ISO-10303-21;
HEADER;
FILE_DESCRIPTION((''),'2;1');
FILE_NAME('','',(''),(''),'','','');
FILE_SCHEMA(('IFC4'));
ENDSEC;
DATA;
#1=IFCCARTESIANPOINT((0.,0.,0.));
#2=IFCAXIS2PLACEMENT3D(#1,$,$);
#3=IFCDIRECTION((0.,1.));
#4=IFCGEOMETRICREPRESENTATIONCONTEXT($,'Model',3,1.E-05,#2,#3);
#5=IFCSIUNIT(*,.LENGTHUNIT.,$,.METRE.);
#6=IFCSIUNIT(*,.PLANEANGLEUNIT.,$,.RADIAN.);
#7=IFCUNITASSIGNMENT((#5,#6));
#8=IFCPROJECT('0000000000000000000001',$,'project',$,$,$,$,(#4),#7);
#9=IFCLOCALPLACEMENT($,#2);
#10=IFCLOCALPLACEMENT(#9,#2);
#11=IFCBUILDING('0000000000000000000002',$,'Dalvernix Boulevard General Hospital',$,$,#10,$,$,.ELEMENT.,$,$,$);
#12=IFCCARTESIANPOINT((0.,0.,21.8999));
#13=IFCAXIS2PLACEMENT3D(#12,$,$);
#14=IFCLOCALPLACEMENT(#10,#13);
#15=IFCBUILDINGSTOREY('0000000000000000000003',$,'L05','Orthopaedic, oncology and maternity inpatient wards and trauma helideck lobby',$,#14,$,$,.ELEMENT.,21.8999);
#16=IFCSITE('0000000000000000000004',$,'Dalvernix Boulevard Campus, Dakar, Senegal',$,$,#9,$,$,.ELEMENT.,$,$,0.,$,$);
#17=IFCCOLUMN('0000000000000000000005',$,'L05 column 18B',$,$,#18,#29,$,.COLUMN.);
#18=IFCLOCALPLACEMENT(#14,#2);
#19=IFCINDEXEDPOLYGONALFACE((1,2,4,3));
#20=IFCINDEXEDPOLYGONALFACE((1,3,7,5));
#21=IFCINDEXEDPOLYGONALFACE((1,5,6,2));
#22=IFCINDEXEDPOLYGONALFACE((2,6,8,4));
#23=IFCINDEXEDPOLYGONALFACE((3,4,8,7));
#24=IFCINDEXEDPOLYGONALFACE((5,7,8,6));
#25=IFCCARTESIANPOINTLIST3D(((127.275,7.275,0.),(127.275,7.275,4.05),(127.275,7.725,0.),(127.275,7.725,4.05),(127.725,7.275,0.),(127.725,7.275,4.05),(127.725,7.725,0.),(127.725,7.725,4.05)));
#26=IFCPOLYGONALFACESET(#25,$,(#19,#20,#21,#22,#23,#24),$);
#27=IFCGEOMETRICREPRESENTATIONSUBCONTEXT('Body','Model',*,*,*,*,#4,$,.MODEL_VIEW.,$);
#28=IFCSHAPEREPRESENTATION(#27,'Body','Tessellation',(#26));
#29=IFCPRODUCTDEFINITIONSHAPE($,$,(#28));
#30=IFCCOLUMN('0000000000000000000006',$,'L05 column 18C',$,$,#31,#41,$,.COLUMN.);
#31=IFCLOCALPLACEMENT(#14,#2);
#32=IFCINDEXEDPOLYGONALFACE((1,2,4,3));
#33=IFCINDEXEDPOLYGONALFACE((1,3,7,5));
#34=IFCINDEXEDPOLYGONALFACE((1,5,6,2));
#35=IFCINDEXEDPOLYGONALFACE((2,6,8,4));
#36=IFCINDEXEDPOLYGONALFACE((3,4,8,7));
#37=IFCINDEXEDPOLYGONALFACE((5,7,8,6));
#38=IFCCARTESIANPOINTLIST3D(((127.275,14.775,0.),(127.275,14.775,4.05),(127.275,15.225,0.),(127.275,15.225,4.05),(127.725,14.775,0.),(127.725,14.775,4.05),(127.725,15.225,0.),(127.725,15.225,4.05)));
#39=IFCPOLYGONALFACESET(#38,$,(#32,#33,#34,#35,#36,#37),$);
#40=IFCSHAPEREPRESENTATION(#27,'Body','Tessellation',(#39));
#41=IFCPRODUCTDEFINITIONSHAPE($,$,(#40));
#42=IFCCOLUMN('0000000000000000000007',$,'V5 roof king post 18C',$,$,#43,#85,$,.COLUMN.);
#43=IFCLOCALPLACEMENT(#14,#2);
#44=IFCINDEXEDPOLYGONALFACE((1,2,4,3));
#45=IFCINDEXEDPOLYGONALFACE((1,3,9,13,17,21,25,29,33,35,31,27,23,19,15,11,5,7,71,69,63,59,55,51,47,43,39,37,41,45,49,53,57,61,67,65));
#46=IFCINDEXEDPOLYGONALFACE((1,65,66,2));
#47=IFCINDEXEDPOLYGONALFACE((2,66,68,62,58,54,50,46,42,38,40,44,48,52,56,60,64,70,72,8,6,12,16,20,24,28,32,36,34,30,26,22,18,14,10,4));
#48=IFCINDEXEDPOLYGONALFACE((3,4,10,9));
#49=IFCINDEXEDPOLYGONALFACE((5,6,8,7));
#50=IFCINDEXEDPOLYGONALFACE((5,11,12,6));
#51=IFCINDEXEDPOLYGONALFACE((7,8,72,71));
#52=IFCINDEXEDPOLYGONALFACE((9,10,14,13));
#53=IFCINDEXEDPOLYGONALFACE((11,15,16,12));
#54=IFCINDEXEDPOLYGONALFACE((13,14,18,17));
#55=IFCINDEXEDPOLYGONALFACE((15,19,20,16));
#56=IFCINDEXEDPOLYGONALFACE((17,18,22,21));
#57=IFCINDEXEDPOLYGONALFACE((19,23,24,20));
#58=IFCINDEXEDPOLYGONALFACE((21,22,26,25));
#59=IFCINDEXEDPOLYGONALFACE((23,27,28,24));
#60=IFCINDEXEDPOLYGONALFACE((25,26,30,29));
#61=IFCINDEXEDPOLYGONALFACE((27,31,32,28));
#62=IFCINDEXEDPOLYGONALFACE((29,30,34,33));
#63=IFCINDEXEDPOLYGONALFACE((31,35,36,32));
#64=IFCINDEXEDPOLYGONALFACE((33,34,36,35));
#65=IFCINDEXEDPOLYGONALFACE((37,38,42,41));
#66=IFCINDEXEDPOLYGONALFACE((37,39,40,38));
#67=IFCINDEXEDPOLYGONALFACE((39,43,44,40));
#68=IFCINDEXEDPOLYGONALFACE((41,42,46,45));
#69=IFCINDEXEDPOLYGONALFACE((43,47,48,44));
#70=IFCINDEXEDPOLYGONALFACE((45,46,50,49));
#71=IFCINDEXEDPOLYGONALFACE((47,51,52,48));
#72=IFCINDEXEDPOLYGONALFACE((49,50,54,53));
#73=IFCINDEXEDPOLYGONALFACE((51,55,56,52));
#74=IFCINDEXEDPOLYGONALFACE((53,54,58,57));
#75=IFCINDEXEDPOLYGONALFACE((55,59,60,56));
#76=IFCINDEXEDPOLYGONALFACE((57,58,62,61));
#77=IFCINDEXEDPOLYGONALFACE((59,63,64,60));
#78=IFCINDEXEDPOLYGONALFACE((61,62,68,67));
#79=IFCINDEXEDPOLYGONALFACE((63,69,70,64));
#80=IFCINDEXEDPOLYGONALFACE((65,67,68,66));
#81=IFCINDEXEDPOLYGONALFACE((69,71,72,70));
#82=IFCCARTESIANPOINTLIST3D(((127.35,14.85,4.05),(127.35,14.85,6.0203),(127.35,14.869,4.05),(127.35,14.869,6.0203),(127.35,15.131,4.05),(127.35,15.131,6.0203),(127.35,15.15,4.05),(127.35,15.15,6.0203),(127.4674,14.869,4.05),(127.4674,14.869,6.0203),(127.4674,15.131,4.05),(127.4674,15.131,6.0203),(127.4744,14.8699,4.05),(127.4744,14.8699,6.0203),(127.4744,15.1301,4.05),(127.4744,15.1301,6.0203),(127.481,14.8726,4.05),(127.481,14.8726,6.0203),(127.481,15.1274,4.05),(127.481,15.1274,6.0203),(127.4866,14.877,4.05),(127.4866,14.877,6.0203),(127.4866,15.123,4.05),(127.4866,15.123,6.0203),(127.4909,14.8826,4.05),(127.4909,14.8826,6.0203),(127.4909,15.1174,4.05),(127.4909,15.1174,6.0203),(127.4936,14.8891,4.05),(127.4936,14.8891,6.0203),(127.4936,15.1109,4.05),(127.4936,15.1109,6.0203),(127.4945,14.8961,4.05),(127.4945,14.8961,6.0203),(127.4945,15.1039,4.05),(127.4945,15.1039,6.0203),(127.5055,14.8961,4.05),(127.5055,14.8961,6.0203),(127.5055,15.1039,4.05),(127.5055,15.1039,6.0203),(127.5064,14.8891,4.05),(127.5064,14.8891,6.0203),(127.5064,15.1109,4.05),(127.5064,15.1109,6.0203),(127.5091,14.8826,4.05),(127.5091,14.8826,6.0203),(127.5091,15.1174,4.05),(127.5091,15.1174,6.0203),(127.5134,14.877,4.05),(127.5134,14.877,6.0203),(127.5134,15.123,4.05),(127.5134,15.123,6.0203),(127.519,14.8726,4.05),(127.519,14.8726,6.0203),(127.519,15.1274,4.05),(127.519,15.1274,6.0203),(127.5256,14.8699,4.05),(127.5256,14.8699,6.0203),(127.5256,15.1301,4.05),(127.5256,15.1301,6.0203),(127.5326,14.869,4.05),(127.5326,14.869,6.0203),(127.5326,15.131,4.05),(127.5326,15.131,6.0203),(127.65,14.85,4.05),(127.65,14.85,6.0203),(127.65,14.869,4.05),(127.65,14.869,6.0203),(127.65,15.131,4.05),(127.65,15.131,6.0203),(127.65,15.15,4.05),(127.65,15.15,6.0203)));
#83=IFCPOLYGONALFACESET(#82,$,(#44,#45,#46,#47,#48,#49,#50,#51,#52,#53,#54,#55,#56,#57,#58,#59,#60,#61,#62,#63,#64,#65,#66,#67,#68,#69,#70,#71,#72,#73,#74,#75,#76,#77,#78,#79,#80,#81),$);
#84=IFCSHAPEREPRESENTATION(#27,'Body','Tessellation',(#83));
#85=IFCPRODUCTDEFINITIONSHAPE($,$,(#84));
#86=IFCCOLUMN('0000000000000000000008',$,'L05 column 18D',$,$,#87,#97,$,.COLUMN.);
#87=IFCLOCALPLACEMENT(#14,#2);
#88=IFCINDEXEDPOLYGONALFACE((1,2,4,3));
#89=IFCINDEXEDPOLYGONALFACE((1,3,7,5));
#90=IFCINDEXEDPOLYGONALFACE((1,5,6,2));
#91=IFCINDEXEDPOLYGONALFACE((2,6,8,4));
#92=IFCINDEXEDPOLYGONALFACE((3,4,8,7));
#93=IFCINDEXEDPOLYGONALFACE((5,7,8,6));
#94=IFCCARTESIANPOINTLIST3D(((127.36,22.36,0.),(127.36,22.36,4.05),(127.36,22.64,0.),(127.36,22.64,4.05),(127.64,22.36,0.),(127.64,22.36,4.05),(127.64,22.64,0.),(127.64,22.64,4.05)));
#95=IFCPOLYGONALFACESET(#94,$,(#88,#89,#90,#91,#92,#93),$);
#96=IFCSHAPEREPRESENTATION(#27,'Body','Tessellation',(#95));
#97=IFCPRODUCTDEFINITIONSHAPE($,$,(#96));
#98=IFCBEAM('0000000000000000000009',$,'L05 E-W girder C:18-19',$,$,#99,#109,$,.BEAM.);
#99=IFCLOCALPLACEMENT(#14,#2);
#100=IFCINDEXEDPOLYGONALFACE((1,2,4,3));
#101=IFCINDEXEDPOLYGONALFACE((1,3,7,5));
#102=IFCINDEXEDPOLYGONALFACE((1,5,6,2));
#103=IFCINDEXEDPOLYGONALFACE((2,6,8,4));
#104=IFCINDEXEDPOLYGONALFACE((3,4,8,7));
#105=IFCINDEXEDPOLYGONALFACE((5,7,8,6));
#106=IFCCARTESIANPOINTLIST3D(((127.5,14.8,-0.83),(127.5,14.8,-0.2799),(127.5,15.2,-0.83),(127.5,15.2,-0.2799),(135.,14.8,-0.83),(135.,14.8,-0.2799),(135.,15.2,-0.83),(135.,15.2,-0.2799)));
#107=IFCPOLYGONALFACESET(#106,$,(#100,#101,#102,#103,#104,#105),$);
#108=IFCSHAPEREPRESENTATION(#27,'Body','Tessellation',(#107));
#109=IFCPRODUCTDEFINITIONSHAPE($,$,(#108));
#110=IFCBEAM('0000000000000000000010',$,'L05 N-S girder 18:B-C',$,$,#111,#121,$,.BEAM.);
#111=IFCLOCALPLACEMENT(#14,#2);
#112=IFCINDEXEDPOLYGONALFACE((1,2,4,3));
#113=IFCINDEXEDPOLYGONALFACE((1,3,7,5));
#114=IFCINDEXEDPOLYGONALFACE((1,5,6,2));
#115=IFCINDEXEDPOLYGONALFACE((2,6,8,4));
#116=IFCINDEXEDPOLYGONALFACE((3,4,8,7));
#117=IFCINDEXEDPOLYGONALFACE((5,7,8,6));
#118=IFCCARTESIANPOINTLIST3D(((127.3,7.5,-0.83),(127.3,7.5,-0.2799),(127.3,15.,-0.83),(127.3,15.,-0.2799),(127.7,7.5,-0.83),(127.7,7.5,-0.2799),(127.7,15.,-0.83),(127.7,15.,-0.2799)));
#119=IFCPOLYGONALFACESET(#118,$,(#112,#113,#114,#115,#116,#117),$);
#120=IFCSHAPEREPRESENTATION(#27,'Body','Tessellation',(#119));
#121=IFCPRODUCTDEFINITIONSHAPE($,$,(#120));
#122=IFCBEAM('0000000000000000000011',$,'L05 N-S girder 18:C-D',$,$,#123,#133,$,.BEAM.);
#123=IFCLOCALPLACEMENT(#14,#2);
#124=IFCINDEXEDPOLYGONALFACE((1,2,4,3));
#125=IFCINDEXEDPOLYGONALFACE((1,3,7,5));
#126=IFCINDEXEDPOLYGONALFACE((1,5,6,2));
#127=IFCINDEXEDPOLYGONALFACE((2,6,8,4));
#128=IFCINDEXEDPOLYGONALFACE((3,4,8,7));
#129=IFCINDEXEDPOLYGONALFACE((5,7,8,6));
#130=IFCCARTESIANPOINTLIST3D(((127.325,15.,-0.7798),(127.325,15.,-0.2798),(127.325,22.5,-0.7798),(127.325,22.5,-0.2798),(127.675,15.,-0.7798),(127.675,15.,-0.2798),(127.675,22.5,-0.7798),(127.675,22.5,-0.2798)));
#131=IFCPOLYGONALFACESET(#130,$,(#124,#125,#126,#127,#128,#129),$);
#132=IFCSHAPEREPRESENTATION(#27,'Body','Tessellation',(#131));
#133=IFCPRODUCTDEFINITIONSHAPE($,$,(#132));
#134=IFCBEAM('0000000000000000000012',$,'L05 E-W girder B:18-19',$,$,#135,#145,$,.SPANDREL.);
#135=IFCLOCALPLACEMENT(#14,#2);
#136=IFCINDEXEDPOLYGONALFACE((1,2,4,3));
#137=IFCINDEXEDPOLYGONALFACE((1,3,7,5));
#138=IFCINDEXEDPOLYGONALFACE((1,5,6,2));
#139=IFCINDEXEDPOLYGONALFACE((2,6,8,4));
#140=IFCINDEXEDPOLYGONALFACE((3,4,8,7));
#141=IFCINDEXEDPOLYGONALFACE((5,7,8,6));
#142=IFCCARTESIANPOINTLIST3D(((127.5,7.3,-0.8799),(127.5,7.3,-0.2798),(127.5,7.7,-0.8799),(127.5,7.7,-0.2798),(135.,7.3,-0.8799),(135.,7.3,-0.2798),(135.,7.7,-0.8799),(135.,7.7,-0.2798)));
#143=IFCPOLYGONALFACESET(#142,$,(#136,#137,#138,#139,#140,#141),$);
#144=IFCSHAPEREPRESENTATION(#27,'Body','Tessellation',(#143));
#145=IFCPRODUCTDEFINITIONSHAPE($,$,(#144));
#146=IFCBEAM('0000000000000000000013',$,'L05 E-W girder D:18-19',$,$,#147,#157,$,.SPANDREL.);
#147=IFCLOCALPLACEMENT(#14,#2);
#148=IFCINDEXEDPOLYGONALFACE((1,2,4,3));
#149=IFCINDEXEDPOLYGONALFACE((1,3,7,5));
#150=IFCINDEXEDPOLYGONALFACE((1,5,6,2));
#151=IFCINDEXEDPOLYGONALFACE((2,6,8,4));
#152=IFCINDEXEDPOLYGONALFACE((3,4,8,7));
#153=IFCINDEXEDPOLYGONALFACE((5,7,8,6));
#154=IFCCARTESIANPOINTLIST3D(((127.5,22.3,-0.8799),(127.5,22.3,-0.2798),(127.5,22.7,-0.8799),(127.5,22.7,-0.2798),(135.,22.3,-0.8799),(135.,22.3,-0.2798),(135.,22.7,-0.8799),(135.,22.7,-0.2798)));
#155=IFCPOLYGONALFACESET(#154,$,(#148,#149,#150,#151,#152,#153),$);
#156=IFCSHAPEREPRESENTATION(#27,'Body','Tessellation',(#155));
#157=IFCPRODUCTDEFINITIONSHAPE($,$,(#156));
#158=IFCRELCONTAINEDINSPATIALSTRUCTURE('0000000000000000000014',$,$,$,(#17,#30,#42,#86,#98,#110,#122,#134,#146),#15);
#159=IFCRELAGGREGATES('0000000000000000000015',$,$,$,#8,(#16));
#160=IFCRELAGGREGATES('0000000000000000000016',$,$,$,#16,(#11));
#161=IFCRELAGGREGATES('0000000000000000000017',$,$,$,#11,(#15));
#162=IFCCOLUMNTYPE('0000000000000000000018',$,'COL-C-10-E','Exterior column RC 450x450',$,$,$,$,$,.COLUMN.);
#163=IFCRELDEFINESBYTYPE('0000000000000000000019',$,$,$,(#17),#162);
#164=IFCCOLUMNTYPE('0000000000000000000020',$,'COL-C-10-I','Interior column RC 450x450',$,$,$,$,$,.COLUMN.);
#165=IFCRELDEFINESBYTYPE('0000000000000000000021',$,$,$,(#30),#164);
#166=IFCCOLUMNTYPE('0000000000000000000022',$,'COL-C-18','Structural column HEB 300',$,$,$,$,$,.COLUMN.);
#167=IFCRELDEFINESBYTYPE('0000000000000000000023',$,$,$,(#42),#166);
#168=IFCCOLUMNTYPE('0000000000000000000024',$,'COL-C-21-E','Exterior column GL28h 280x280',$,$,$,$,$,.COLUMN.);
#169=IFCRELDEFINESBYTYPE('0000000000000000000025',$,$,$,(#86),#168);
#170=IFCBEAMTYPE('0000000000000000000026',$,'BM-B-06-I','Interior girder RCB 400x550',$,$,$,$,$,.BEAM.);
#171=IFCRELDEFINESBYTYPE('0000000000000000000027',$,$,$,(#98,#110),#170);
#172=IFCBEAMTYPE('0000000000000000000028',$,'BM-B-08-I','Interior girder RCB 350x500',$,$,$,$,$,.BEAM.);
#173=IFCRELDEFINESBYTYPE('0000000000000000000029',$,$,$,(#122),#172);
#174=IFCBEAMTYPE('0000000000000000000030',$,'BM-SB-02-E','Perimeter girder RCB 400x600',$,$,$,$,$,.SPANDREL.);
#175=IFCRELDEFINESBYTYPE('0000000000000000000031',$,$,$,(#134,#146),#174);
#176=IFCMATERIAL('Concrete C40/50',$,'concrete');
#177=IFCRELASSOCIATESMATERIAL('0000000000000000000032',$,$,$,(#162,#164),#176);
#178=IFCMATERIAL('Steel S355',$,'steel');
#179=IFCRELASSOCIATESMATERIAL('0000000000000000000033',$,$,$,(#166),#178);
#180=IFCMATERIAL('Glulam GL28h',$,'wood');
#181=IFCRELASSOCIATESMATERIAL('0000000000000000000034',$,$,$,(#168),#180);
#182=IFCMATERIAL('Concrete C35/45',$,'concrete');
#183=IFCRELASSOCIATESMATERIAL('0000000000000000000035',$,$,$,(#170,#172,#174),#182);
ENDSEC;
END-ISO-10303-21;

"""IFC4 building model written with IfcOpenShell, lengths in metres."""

from ifc_helpers import new_model, si_unit, direction, frame, origin, origin_2d, place, context, subcontext, project, spatial, rectangle, i_section, extrude, material, material_profile, profile_set, type_object, element, save


model = new_model("IFC4")

# Units and contexts
model_context = context("Model", 3, precision=1e-05, world=origin(), true_north=direction((0.0, 1.0)))
body_context = subcontext(model_context, "Body", "Model", "MODEL_VIEW")
ifc_project = project(units=[si_unit("LENGTHUNIT", "METRE"), si_unit("PLANEANGLEUNIT", "RADIAN")], contexts=[model_context])

# Site, building, storey
site_placement = place(None, origin())
site = spatial("IfcSite", under=ifc_project, at=site_placement, Name="Dalvernix Boulevard Campus, Dakar, Senegal", CompositionType="ELEMENT", RefElevation=0.0)
building_placement = place(site_placement, origin())
building = spatial("IfcBuilding", under=site, at=building_placement, Name="Dalvernix Boulevard General Hospital", CompositionType="ELEMENT")
storey_placement = place(building_placement, frame((0.0, 0.0, 21.8999)))
storey = spatial("IfcBuildingStorey", under=building, at=storey_placement, Name="L05", Description="Orthopaedic, oncology and maternity inpatient wards and trauma helideck lobby", CompositionType="ELEMENT", Elevation=21.8999)

# Columns
ifc_material_1 = material(Name="Concrete C40/50", Category="concrete")
ifc_material_profile_1 = material_profile(ifc_material_1, rectangle(XDim=0.45, YDim=0.45, at=origin_2d()), Name="RC 450x450")
ifc_profile_set_1 = profile_set([ifc_material_profile_1], Name="Concrete C40/50")
column_type_1 = type_object("IfcColumnType", Name="COL-C-10-E", Description="Exterior column RC 450x450", PredefinedType="COLUMN", material=ifc_profile_set_1)
column_1_placement = place(storey_placement, frame((127.5, 7.5, 0.0), z_axis=(0.0, 0.0, 1.0), x_axis=(1.0, 0.0, 0.0)))
element("IfcColumn", 1, at=column_1_placement, inside=storey, type_object=column_type_1, Name="L05 column 18B", PredefinedType="COLUMN", context=body_context, shape_type="SweptSolid", body=[
    extrude(rectangle(XDim=0.45, YDim=0.45, at=origin_2d()), origin(), (0.0, 0.0, 1.0), 4.05),
])
ifc_material_profile_2 = material_profile(ifc_material_1, rectangle(XDim=0.45, YDim=0.45, at=origin_2d()), Name="RC 450x450")
ifc_profile_set_2 = profile_set([ifc_material_profile_2], Name="Concrete C40/50")
column_type_2 = type_object("IfcColumnType", Name="COL-C-10-I", Description="Interior column RC 450x450", PredefinedType="COLUMN", material=ifc_profile_set_2)
column_2_placement = place(storey_placement, frame((127.5, 15.0, 0.0), z_axis=(0.0, 0.0, 1.0), x_axis=(1.0, 0.0, 0.0)))
element("IfcColumn", 2, at=column_2_placement, inside=storey, type_object=column_type_2, Name="L05 column 18C", PredefinedType="COLUMN", context=body_context, shape_type="SweptSolid", body=[
    extrude(rectangle(XDim=0.45, YDim=0.45, at=origin_2d()), origin(), (0.0, 0.0, 1.0), 4.05),
])
ifc_material_2 = material(Name="Steel S355", Category="steel")
ifc_material_profile_3 = material_profile(ifc_material_2, i_section(OverallWidth=0.3, OverallDepth=0.3, WebThickness=0.011, FlangeThickness=0.019, FilletRadius=0.0271, at=origin_2d()), Name="HEB 300")
ifc_profile_set_3 = profile_set([ifc_material_profile_3], Name="Steel S355")
column_type_3 = type_object("IfcColumnType", Name="COL-C-18", Description="Structural column HEB 300", PredefinedType="COLUMN", material=ifc_profile_set_3)
column_3_placement = place(storey_placement, frame((127.5, 15.0, 4.05), z_axis=(0.0, 0.0, 1.0), x_axis=(1.0, 0.0, 0.0)))
element("IfcColumn", 3, at=column_3_placement, inside=storey, type_object=column_type_3, Name="V5 roof king post 18C", PredefinedType="COLUMN", context=body_context, shape_type="SweptSolid", body=[
    extrude(i_section(OverallWidth=0.3, OverallDepth=0.3, WebThickness=0.011, FlangeThickness=0.019, FilletRadius=0.0271, at=origin_2d()), origin(), (0.0, 0.0, 1.0), 1.9702),
])
ifc_material_3 = material(Name="Glulam GL28h", Category="wood")
ifc_material_profile_4 = material_profile(ifc_material_3, rectangle(XDim=0.28, YDim=0.28, at=origin_2d()), Name="GL28h 280x280")
ifc_profile_set_4 = profile_set([ifc_material_profile_4], Name="Glulam GL28h")
column_type_4 = type_object("IfcColumnType", Name="COL-C-21-E", Description="Exterior column GL28h 280x280", PredefinedType="COLUMN", material=ifc_profile_set_4)
column_4_placement = place(storey_placement, frame((127.5, 22.5, 0.0), z_axis=(0.0, 0.0, 1.0), x_axis=(1.0, 0.0, 0.0)))
element("IfcColumn", 4, at=column_4_placement, inside=storey, type_object=column_type_4, Name="L05 column 18D", PredefinedType="COLUMN", context=body_context, shape_type="SweptSolid", body=[
    extrude(rectangle(XDim=0.28, YDim=0.28, at=origin_2d()), origin(), (0.0, 0.0, 1.0), 4.05),
])

# Beams
ifc_material_4 = material(Name="Concrete C35/45", Category="concrete")
ifc_material_profile_5 = material_profile(ifc_material_4, rectangle(XDim=0.3999, YDim=0.55, at=origin_2d()), Name="RCB 400x550")
ifc_profile_set_5 = profile_set([ifc_material_profile_5], Name="Concrete C35/45")
beam_type_1 = type_object("IfcBeamType", Name="BM-B-06-I", Description="Interior girder RCB 400x550", PredefinedType="BEAM", material=ifc_profile_set_5)
for number, where, z_axis, x_axis, name in (
    (5, (127.5, 15.0, -0.5549), (1.0, 0.0, 0.0), (0.0, 1.0, 0.0), "L05 E-W girder C:18-19"),
    (6, (127.5, 7.5, -0.5549), (0.0, 1.0, 0.0), (-1.0, 0.0, 0.0), "L05 N-S girder 18:B-C"),
):
    element("IfcBeam", number, at=place(storey_placement, frame(where, z_axis=z_axis, x_axis=x_axis)), inside=storey, type_object=beam_type_1, Name=name, PredefinedType="BEAM", context=body_context, shape_type="SweptSolid", body=[
        extrude(rectangle(XDim=0.3999, YDim=0.55, at=origin_2d()), origin(), (0.0, 0.0, 1.0), 7.5),
    ])
ifc_material_profile_6 = material_profile(ifc_material_4, rectangle(XDim=0.3501, YDim=0.5, at=origin_2d()), Name="RCB 350x500")
ifc_profile_set_6 = profile_set([ifc_material_profile_6], Name="Concrete C35/45")
beam_type_2 = type_object("IfcBeamType", Name="BM-B-08-I", Description="Interior girder RCB 350x500", PredefinedType="BEAM", material=ifc_profile_set_6)
beam_placement = place(storey_placement, frame((127.5, 15.0, -0.5298), z_axis=(0.0, 1.0, 0.0), x_axis=(-1.0, 0.0, 0.0)))
element("IfcBeam", 7, at=beam_placement, inside=storey, type_object=beam_type_2, Name="L05 N-S girder 18:C-D", PredefinedType="BEAM", context=body_context, shape_type="SweptSolid", body=[
    extrude(rectangle(XDim=0.3501, YDim=0.5, at=origin_2d()), origin(), (0.0, 0.0, 1.0), 7.5),
])
ifc_material_profile_7 = material_profile(ifc_material_4, rectangle(XDim=0.3999, YDim=0.6001, at=origin_2d()), Name="RCB 400x600")
ifc_profile_set_7 = profile_set([ifc_material_profile_7], Name="Concrete C35/45")
beam_type_3 = type_object("IfcBeamType", Name="BM-SB-02-E", Description="Perimeter girder RCB 400x600", PredefinedType="SPANDREL", material=ifc_profile_set_7)
for number, where, z_axis, x_axis, name in (
    (8, (127.5, 7.5, -0.5798), (1.0, 0.0, 0.0), (0.0, 1.0, 0.0), "L05 E-W girder B:18-19"),
    (9, (127.5, 22.5, -0.5798), (1.0, 0.0, 0.0), (0.0, 1.0, 0.0), "L05 E-W girder D:18-19"),
):
    element("IfcBeam", number, at=place(storey_placement, frame(where, z_axis=z_axis, x_axis=x_axis)), inside=storey, type_object=beam_type_3, Name=name, PredefinedType="SPANDREL", context=body_context, shape_type="SweptSolid", body=[
        extrude(rectangle(XDim=0.3999, YDim=0.6001, at=origin_2d()), origin(), (0.0, 0.0, 1.0), 7.5),
    ])

save(model, "model.ifc")
